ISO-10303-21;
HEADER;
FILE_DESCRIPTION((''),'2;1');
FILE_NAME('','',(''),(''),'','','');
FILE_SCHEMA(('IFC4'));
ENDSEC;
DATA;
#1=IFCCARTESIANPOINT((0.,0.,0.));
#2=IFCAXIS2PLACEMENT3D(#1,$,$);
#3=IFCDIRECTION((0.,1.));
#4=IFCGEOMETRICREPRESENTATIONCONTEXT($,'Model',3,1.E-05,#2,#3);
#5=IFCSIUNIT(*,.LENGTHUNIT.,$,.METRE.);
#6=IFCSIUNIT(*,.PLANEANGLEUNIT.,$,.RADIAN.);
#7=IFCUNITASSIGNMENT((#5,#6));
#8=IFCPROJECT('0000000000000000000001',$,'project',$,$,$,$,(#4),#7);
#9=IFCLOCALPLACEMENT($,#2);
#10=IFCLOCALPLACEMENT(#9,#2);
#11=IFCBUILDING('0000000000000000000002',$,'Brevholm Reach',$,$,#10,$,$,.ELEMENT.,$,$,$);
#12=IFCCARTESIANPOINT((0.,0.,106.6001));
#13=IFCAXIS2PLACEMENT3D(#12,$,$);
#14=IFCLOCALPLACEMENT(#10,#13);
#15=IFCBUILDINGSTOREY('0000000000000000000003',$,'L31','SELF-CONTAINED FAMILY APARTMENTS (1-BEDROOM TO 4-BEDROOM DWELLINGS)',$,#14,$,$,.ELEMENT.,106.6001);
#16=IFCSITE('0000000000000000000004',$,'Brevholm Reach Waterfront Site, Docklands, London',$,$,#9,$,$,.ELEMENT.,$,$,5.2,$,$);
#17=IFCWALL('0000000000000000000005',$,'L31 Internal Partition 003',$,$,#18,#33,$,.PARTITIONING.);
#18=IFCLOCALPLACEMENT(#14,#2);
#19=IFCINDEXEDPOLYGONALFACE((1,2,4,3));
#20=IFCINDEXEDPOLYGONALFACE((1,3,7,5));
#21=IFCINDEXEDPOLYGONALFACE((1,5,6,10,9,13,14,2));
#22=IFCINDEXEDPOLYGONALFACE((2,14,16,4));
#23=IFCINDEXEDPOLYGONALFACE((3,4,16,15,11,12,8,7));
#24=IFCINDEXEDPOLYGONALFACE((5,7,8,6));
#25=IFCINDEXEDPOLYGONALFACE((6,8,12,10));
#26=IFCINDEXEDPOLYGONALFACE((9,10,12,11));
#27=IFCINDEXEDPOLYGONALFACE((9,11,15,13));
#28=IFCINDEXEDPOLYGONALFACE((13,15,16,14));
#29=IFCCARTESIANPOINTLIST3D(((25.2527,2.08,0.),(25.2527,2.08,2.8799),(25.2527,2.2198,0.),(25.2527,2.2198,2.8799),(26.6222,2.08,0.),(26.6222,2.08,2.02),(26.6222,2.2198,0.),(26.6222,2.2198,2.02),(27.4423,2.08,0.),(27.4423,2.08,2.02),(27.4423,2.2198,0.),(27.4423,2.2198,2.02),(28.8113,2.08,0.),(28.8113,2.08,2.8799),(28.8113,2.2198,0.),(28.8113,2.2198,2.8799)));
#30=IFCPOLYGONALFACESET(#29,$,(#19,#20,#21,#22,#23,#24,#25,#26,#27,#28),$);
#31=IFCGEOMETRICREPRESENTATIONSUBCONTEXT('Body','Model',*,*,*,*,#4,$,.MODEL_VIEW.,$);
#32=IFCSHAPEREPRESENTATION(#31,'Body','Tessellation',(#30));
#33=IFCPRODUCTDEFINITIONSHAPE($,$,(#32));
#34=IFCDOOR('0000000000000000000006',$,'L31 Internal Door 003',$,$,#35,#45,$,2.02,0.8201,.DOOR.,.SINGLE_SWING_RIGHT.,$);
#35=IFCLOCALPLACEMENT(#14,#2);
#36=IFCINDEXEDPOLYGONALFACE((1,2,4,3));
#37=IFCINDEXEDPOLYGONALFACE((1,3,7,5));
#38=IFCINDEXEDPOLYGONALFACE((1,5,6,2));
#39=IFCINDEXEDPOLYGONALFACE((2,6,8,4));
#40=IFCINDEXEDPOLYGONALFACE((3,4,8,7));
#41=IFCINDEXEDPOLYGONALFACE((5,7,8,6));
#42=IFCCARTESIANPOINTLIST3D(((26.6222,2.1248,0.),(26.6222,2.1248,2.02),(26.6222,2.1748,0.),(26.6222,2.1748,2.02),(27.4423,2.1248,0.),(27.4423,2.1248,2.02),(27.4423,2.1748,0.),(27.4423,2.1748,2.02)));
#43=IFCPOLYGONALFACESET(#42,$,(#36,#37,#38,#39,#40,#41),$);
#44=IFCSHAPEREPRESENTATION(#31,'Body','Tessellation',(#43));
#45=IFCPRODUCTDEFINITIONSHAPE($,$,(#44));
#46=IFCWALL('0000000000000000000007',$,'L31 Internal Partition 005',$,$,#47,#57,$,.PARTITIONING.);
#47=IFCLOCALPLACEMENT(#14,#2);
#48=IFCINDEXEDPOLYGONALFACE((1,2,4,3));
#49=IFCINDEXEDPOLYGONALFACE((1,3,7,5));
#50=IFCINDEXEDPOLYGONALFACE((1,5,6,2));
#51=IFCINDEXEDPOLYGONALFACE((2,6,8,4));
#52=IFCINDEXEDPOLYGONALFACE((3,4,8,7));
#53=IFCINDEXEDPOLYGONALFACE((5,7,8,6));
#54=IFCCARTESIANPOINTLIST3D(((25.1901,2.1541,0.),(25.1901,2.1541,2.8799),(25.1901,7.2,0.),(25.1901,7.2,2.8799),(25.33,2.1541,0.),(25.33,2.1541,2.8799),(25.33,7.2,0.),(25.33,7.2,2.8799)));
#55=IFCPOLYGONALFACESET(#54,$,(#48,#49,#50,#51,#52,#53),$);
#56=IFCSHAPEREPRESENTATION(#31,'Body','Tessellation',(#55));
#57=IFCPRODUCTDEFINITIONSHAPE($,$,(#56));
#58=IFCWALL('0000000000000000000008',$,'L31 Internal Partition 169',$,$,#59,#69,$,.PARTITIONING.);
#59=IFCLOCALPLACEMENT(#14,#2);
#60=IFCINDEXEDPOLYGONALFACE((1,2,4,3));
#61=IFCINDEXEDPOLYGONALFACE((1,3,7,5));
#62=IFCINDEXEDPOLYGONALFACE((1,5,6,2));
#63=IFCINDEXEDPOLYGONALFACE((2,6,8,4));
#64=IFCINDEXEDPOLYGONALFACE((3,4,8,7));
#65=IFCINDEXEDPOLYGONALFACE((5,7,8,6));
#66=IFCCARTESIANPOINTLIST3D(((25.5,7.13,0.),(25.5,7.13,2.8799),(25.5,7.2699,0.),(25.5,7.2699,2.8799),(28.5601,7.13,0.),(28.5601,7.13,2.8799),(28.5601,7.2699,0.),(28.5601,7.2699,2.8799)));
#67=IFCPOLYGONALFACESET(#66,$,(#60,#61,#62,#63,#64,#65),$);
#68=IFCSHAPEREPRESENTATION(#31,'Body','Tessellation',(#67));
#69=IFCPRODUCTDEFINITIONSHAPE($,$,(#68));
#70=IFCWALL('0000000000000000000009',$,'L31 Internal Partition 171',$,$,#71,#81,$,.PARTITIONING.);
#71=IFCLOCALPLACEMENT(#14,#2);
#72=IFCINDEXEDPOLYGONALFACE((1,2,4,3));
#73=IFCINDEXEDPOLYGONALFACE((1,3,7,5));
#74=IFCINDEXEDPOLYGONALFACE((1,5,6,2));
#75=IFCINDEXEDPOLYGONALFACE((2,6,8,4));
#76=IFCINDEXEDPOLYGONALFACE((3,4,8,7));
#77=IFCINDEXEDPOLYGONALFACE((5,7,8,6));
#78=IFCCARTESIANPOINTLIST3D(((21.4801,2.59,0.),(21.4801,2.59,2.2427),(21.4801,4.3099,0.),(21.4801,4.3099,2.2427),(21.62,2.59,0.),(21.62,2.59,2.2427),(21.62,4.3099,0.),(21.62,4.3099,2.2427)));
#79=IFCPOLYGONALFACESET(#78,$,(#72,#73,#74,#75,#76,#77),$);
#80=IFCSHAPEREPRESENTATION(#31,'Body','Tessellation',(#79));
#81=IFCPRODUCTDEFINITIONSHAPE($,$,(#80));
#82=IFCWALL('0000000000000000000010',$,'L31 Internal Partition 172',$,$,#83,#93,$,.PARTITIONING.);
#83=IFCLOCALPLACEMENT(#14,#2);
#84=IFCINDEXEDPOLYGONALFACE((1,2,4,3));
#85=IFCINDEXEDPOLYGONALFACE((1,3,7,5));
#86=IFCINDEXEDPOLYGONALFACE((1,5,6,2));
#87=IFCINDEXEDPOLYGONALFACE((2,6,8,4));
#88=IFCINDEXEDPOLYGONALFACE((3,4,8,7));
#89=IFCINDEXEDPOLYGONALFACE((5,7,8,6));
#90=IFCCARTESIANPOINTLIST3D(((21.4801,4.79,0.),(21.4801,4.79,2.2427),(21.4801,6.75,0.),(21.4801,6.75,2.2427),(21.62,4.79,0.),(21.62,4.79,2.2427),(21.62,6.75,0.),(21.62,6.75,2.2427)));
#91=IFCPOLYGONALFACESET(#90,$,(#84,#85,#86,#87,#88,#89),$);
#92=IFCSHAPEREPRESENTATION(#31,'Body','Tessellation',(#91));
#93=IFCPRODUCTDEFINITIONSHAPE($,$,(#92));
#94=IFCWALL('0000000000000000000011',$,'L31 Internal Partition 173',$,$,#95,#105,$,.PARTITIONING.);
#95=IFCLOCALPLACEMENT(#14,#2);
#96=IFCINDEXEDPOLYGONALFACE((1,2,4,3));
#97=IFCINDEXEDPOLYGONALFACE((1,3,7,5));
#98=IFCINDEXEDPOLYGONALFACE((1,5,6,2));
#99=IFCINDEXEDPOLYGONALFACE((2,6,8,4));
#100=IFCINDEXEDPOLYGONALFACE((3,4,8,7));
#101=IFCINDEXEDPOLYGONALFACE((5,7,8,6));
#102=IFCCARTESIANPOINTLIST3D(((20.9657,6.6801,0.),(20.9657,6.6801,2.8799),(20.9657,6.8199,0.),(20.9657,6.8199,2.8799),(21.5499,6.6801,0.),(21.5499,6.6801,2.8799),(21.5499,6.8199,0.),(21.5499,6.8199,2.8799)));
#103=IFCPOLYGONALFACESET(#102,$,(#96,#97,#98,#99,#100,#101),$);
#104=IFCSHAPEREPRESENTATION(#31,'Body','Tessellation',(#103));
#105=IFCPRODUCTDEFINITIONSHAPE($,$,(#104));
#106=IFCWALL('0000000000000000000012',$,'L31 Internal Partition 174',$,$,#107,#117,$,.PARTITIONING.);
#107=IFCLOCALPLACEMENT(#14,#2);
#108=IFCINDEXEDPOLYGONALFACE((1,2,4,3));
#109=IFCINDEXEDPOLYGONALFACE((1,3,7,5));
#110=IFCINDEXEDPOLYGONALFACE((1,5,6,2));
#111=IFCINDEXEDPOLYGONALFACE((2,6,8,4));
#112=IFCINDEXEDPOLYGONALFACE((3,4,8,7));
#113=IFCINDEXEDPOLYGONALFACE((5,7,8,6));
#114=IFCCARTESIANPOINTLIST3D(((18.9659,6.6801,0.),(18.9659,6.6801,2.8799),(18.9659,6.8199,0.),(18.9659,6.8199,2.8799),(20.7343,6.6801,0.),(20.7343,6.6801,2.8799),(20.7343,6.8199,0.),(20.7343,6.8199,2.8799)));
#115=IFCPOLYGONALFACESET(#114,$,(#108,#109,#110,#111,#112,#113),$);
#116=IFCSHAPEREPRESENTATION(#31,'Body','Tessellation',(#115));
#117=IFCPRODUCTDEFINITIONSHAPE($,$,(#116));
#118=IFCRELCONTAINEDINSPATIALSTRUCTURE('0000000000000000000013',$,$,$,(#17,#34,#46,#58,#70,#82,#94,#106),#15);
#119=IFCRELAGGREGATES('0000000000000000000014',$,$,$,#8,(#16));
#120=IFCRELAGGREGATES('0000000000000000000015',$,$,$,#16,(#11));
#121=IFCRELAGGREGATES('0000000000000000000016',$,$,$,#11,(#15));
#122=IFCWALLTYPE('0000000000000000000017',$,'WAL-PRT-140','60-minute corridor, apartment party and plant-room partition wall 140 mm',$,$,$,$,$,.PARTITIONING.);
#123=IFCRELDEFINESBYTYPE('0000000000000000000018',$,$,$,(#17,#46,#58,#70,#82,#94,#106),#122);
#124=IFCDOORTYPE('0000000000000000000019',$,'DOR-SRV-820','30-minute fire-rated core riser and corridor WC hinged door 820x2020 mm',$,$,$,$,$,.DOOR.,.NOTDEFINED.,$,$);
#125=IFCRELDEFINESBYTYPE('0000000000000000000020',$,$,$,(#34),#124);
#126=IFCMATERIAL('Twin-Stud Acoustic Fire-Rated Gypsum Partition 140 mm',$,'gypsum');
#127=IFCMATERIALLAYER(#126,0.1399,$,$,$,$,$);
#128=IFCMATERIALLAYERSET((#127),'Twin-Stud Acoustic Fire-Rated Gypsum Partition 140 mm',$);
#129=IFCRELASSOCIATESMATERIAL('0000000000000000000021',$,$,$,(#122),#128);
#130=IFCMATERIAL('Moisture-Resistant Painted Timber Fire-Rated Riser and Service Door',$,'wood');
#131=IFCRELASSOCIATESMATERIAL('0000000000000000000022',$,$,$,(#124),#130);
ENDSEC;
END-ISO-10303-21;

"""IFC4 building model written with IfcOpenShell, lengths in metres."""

from ifc_helpers import new_model, si_unit, direction, frame, frame_2d, origin, place, context, subcontext, project, spatial, rectangle, extrude, material, layer, layer_set, type_object, element, fill, save


model = new_model("IFC4")

# Units and contexts
model_context = context("Model", 3, precision=1e-05, world=origin(), true_north=direction((0.0, 1.0)))
body_context = subcontext(model_context, "Body", "Model", "MODEL_VIEW")
ifc_project = project(units=[si_unit("LENGTHUNIT", "METRE"), si_unit("PLANEANGLEUNIT", "RADIAN")], contexts=[model_context])

# Site, building, storey
site_placement = place(None, origin())
site = spatial("IfcSite", under=ifc_project, at=site_placement, Name="Brevholm Reach Waterfront Site, Docklands, London", CompositionType="ELEMENT", RefElevation=5.2)
building_placement = place(site_placement, origin())
building = spatial("IfcBuilding", under=site, at=building_placement, Name="Brevholm Reach", CompositionType="ELEMENT")
storey_placement = place(building_placement, frame((0.0, 0.0, 106.6001)))
storey = spatial("IfcBuildingStorey", under=building, at=storey_placement, Name="L31", Description="SELF-CONTAINED FAMILY APARTMENTS (1-BEDROOM TO 4-BEDROOM DWELLINGS)", CompositionType="ELEMENT", Elevation=106.6001)

# Wall, opening, door
ifc_material_1 = material(Name="Twin-Stud Acoustic Fire-Rated Gypsum Partition 140 mm", Category="gypsum")
ifc_layer_1 = layer(ifc_material_1, 0.1399)
ifc_layer_set_1 = layer_set([ifc_layer_1], Name="Twin-Stud Acoustic Fire-Rated Gypsum Partition 140 mm")
wall_type_1 = type_object("IfcWallType", Name="WAL-PRT-140", Description="60-minute corridor, apartment party and plant-room partition wall 140 mm", PredefinedType="PARTITIONING", material=ifc_layer_set_1)
wall_1_placement = place(storey_placement, frame((25.2527, 2.1499, 0.0), z_axis=(0.0, 0.0, 1.0), x_axis=(1.0, 0.0, 0.0)))
wall_1 = element("IfcWall", 1, at=wall_1_placement, inside=storey, type_object=wall_type_1, Name="L31 Internal Partition 003", PredefinedType="PARTITIONING", context=body_context, shape_type="SweptSolid", body=[
    extrude(rectangle(XDim=3.5586, YDim=0.1399, at=frame_2d((1.7793, 0.0))), origin(), (0.0, 0.0, 1.0), 2.8799),
])
opening_1_placement = place(wall_1_placement, frame((1.3694, 0.0, 0.0)))
opening_1 = element("IfcOpeningElement", 2, at=opening_1_placement, cuts=wall_1, PredefinedType="OPENING", context=body_context, shape_type="SweptSolid", body=[
    extrude(rectangle(XDim=0.8201, YDim=2.02, at=frame_2d((0.4102, 1.01))), frame((0.0, 0.0798, 0.0), z_axis=(0.0, -1.0, 0.0), x_axis=(1.0, 0.0, 0.0)), (0.0, 0.0, 1.0), 0.1599),
])
ifc_material_2 = material(Name="Moisture-Resistant Painted Timber Fire-Rated Riser and Service Door", Category="wood")
door_type_1 = type_object("IfcDoorType", Name="DOR-SRV-820", Description="30-minute fire-rated core riser and corridor WC hinged door 820x2020 mm", OperationType="NOTDEFINED", PredefinedType="DOOR", material=ifc_material_2)
door_1_placement = place(opening_1_placement, origin())
door_1 = element("IfcDoor", 3, at=door_1_placement, inside=storey, type_object=door_type_1, Name="L31 Internal Door 003", OperationType="SINGLE_SWING_RIGHT", OverallHeight=2.02, OverallWidth=0.8201, PredefinedType="DOOR", context=body_context, shape_type="SweptSolid", body=[
    extrude(rectangle(XDim=0.8201, YDim=2.02, at=frame_2d((0.4102, 1.01))), frame((0.0, 0.0249, 0.0), z_axis=(0.0, -1.0, 0.0), x_axis=(1.0, 0.0, 0.0)), (0.0, 0.0, 1.0), 0.05),
])
fill(opening_1, door_1)

# Walls
wall_2_placement = place(storey_placement, frame((25.26, 2.1541, 0.0), z_axis=(0.0, 0.0, 1.0), x_axis=(0.0, 1.0, 0.0)))
element("IfcWall", 4, at=wall_2_placement, inside=storey, type_object=wall_type_1, Name="L31 Internal Partition 005", PredefinedType="PARTITIONING", context=body_context, shape_type="SweptSolid", body=[
    extrude(rectangle(XDim=5.0459, YDim=0.1399, at=frame_2d((2.5229, 0.0))), origin(), (0.0, 0.0, 1.0), 2.8799),
])
wall_3_placement = place(storey_placement, frame((25.5, 7.2, 0.0), z_axis=(0.0, 0.0, 1.0), x_axis=(1.0, 0.0, 0.0)))
element("IfcWall", 5, at=wall_3_placement, inside=storey, type_object=wall_type_1, Name="L31 Internal Partition 169", PredefinedType="PARTITIONING", context=body_context, shape_type="SweptSolid", body=[
    extrude(rectangle(XDim=3.0601, YDim=0.1399, at=frame_2d((1.53, 0.0))), origin(), (0.0, 0.0, 1.0), 2.8799),
])
wall_4_placement = place(storey_placement, frame((21.55, 2.5901, 0.0), z_axis=(0.0, 0.0, 1.0), x_axis=(0.0, 1.0, 0.0)))
element("IfcWall", 6, at=wall_4_placement, inside=storey, type_object=wall_type_1, Name="L31 Internal Partition 171", PredefinedType="PARTITIONING", context=body_context, shape_type="SweptSolid", body=[
    extrude(rectangle(XDim=1.72, YDim=0.1399, at=frame_2d((0.8599, 0.0))), origin(), (0.0, 0.0, 1.0), 2.2427),
])
wall_5_placement = place(storey_placement, frame((21.55, 4.79, 0.0), z_axis=(0.0, 0.0, 1.0), x_axis=(0.0, 1.0, 0.0)))
element("IfcWall", 7, at=wall_5_placement, inside=storey, type_object=wall_type_1, Name="L31 Internal Partition 172", PredefinedType="PARTITIONING", context=body_context, shape_type="SweptSolid", body=[
    extrude(rectangle(XDim=1.96, YDim=0.1399, at=frame_2d((0.98, 0.0))), origin(), (0.0, 0.0, 1.0), 2.2427),
])
wall_6_placement = place(storey_placement, frame((20.9658, 6.75, 0.0), z_axis=(0.0, 0.0, 1.0), x_axis=(1.0, 0.0, 0.0)))
element("IfcWall", 8, at=wall_6_placement, inside=storey, type_object=wall_type_1, Name="L31 Internal Partition 173", PredefinedType="PARTITIONING", context=body_context, shape_type="SweptSolid", body=[
    extrude(rectangle(XDim=0.5842, YDim=0.1399, at=frame_2d((0.292, 0.0))), origin(), (0.0, 0.0, 1.0), 2.8799),
])
wall_7_placement = place(storey_placement, frame((18.9658, 6.75, 0.0), z_axis=(0.0, 0.0, 1.0), x_axis=(1.0, 0.0, 0.0)))
element("IfcWall", 9, at=wall_7_placement, inside=storey, type_object=wall_type_1, Name="L31 Internal Partition 174", PredefinedType="PARTITIONING", context=body_context, shape_type="SweptSolid", body=[
    extrude(rectangle(XDim=1.7683, YDim=0.1399, at=frame_2d((0.8843, 0.0))), origin(), (0.0, 0.0, 1.0), 2.8799),
])

save(model, "model.ifc")
